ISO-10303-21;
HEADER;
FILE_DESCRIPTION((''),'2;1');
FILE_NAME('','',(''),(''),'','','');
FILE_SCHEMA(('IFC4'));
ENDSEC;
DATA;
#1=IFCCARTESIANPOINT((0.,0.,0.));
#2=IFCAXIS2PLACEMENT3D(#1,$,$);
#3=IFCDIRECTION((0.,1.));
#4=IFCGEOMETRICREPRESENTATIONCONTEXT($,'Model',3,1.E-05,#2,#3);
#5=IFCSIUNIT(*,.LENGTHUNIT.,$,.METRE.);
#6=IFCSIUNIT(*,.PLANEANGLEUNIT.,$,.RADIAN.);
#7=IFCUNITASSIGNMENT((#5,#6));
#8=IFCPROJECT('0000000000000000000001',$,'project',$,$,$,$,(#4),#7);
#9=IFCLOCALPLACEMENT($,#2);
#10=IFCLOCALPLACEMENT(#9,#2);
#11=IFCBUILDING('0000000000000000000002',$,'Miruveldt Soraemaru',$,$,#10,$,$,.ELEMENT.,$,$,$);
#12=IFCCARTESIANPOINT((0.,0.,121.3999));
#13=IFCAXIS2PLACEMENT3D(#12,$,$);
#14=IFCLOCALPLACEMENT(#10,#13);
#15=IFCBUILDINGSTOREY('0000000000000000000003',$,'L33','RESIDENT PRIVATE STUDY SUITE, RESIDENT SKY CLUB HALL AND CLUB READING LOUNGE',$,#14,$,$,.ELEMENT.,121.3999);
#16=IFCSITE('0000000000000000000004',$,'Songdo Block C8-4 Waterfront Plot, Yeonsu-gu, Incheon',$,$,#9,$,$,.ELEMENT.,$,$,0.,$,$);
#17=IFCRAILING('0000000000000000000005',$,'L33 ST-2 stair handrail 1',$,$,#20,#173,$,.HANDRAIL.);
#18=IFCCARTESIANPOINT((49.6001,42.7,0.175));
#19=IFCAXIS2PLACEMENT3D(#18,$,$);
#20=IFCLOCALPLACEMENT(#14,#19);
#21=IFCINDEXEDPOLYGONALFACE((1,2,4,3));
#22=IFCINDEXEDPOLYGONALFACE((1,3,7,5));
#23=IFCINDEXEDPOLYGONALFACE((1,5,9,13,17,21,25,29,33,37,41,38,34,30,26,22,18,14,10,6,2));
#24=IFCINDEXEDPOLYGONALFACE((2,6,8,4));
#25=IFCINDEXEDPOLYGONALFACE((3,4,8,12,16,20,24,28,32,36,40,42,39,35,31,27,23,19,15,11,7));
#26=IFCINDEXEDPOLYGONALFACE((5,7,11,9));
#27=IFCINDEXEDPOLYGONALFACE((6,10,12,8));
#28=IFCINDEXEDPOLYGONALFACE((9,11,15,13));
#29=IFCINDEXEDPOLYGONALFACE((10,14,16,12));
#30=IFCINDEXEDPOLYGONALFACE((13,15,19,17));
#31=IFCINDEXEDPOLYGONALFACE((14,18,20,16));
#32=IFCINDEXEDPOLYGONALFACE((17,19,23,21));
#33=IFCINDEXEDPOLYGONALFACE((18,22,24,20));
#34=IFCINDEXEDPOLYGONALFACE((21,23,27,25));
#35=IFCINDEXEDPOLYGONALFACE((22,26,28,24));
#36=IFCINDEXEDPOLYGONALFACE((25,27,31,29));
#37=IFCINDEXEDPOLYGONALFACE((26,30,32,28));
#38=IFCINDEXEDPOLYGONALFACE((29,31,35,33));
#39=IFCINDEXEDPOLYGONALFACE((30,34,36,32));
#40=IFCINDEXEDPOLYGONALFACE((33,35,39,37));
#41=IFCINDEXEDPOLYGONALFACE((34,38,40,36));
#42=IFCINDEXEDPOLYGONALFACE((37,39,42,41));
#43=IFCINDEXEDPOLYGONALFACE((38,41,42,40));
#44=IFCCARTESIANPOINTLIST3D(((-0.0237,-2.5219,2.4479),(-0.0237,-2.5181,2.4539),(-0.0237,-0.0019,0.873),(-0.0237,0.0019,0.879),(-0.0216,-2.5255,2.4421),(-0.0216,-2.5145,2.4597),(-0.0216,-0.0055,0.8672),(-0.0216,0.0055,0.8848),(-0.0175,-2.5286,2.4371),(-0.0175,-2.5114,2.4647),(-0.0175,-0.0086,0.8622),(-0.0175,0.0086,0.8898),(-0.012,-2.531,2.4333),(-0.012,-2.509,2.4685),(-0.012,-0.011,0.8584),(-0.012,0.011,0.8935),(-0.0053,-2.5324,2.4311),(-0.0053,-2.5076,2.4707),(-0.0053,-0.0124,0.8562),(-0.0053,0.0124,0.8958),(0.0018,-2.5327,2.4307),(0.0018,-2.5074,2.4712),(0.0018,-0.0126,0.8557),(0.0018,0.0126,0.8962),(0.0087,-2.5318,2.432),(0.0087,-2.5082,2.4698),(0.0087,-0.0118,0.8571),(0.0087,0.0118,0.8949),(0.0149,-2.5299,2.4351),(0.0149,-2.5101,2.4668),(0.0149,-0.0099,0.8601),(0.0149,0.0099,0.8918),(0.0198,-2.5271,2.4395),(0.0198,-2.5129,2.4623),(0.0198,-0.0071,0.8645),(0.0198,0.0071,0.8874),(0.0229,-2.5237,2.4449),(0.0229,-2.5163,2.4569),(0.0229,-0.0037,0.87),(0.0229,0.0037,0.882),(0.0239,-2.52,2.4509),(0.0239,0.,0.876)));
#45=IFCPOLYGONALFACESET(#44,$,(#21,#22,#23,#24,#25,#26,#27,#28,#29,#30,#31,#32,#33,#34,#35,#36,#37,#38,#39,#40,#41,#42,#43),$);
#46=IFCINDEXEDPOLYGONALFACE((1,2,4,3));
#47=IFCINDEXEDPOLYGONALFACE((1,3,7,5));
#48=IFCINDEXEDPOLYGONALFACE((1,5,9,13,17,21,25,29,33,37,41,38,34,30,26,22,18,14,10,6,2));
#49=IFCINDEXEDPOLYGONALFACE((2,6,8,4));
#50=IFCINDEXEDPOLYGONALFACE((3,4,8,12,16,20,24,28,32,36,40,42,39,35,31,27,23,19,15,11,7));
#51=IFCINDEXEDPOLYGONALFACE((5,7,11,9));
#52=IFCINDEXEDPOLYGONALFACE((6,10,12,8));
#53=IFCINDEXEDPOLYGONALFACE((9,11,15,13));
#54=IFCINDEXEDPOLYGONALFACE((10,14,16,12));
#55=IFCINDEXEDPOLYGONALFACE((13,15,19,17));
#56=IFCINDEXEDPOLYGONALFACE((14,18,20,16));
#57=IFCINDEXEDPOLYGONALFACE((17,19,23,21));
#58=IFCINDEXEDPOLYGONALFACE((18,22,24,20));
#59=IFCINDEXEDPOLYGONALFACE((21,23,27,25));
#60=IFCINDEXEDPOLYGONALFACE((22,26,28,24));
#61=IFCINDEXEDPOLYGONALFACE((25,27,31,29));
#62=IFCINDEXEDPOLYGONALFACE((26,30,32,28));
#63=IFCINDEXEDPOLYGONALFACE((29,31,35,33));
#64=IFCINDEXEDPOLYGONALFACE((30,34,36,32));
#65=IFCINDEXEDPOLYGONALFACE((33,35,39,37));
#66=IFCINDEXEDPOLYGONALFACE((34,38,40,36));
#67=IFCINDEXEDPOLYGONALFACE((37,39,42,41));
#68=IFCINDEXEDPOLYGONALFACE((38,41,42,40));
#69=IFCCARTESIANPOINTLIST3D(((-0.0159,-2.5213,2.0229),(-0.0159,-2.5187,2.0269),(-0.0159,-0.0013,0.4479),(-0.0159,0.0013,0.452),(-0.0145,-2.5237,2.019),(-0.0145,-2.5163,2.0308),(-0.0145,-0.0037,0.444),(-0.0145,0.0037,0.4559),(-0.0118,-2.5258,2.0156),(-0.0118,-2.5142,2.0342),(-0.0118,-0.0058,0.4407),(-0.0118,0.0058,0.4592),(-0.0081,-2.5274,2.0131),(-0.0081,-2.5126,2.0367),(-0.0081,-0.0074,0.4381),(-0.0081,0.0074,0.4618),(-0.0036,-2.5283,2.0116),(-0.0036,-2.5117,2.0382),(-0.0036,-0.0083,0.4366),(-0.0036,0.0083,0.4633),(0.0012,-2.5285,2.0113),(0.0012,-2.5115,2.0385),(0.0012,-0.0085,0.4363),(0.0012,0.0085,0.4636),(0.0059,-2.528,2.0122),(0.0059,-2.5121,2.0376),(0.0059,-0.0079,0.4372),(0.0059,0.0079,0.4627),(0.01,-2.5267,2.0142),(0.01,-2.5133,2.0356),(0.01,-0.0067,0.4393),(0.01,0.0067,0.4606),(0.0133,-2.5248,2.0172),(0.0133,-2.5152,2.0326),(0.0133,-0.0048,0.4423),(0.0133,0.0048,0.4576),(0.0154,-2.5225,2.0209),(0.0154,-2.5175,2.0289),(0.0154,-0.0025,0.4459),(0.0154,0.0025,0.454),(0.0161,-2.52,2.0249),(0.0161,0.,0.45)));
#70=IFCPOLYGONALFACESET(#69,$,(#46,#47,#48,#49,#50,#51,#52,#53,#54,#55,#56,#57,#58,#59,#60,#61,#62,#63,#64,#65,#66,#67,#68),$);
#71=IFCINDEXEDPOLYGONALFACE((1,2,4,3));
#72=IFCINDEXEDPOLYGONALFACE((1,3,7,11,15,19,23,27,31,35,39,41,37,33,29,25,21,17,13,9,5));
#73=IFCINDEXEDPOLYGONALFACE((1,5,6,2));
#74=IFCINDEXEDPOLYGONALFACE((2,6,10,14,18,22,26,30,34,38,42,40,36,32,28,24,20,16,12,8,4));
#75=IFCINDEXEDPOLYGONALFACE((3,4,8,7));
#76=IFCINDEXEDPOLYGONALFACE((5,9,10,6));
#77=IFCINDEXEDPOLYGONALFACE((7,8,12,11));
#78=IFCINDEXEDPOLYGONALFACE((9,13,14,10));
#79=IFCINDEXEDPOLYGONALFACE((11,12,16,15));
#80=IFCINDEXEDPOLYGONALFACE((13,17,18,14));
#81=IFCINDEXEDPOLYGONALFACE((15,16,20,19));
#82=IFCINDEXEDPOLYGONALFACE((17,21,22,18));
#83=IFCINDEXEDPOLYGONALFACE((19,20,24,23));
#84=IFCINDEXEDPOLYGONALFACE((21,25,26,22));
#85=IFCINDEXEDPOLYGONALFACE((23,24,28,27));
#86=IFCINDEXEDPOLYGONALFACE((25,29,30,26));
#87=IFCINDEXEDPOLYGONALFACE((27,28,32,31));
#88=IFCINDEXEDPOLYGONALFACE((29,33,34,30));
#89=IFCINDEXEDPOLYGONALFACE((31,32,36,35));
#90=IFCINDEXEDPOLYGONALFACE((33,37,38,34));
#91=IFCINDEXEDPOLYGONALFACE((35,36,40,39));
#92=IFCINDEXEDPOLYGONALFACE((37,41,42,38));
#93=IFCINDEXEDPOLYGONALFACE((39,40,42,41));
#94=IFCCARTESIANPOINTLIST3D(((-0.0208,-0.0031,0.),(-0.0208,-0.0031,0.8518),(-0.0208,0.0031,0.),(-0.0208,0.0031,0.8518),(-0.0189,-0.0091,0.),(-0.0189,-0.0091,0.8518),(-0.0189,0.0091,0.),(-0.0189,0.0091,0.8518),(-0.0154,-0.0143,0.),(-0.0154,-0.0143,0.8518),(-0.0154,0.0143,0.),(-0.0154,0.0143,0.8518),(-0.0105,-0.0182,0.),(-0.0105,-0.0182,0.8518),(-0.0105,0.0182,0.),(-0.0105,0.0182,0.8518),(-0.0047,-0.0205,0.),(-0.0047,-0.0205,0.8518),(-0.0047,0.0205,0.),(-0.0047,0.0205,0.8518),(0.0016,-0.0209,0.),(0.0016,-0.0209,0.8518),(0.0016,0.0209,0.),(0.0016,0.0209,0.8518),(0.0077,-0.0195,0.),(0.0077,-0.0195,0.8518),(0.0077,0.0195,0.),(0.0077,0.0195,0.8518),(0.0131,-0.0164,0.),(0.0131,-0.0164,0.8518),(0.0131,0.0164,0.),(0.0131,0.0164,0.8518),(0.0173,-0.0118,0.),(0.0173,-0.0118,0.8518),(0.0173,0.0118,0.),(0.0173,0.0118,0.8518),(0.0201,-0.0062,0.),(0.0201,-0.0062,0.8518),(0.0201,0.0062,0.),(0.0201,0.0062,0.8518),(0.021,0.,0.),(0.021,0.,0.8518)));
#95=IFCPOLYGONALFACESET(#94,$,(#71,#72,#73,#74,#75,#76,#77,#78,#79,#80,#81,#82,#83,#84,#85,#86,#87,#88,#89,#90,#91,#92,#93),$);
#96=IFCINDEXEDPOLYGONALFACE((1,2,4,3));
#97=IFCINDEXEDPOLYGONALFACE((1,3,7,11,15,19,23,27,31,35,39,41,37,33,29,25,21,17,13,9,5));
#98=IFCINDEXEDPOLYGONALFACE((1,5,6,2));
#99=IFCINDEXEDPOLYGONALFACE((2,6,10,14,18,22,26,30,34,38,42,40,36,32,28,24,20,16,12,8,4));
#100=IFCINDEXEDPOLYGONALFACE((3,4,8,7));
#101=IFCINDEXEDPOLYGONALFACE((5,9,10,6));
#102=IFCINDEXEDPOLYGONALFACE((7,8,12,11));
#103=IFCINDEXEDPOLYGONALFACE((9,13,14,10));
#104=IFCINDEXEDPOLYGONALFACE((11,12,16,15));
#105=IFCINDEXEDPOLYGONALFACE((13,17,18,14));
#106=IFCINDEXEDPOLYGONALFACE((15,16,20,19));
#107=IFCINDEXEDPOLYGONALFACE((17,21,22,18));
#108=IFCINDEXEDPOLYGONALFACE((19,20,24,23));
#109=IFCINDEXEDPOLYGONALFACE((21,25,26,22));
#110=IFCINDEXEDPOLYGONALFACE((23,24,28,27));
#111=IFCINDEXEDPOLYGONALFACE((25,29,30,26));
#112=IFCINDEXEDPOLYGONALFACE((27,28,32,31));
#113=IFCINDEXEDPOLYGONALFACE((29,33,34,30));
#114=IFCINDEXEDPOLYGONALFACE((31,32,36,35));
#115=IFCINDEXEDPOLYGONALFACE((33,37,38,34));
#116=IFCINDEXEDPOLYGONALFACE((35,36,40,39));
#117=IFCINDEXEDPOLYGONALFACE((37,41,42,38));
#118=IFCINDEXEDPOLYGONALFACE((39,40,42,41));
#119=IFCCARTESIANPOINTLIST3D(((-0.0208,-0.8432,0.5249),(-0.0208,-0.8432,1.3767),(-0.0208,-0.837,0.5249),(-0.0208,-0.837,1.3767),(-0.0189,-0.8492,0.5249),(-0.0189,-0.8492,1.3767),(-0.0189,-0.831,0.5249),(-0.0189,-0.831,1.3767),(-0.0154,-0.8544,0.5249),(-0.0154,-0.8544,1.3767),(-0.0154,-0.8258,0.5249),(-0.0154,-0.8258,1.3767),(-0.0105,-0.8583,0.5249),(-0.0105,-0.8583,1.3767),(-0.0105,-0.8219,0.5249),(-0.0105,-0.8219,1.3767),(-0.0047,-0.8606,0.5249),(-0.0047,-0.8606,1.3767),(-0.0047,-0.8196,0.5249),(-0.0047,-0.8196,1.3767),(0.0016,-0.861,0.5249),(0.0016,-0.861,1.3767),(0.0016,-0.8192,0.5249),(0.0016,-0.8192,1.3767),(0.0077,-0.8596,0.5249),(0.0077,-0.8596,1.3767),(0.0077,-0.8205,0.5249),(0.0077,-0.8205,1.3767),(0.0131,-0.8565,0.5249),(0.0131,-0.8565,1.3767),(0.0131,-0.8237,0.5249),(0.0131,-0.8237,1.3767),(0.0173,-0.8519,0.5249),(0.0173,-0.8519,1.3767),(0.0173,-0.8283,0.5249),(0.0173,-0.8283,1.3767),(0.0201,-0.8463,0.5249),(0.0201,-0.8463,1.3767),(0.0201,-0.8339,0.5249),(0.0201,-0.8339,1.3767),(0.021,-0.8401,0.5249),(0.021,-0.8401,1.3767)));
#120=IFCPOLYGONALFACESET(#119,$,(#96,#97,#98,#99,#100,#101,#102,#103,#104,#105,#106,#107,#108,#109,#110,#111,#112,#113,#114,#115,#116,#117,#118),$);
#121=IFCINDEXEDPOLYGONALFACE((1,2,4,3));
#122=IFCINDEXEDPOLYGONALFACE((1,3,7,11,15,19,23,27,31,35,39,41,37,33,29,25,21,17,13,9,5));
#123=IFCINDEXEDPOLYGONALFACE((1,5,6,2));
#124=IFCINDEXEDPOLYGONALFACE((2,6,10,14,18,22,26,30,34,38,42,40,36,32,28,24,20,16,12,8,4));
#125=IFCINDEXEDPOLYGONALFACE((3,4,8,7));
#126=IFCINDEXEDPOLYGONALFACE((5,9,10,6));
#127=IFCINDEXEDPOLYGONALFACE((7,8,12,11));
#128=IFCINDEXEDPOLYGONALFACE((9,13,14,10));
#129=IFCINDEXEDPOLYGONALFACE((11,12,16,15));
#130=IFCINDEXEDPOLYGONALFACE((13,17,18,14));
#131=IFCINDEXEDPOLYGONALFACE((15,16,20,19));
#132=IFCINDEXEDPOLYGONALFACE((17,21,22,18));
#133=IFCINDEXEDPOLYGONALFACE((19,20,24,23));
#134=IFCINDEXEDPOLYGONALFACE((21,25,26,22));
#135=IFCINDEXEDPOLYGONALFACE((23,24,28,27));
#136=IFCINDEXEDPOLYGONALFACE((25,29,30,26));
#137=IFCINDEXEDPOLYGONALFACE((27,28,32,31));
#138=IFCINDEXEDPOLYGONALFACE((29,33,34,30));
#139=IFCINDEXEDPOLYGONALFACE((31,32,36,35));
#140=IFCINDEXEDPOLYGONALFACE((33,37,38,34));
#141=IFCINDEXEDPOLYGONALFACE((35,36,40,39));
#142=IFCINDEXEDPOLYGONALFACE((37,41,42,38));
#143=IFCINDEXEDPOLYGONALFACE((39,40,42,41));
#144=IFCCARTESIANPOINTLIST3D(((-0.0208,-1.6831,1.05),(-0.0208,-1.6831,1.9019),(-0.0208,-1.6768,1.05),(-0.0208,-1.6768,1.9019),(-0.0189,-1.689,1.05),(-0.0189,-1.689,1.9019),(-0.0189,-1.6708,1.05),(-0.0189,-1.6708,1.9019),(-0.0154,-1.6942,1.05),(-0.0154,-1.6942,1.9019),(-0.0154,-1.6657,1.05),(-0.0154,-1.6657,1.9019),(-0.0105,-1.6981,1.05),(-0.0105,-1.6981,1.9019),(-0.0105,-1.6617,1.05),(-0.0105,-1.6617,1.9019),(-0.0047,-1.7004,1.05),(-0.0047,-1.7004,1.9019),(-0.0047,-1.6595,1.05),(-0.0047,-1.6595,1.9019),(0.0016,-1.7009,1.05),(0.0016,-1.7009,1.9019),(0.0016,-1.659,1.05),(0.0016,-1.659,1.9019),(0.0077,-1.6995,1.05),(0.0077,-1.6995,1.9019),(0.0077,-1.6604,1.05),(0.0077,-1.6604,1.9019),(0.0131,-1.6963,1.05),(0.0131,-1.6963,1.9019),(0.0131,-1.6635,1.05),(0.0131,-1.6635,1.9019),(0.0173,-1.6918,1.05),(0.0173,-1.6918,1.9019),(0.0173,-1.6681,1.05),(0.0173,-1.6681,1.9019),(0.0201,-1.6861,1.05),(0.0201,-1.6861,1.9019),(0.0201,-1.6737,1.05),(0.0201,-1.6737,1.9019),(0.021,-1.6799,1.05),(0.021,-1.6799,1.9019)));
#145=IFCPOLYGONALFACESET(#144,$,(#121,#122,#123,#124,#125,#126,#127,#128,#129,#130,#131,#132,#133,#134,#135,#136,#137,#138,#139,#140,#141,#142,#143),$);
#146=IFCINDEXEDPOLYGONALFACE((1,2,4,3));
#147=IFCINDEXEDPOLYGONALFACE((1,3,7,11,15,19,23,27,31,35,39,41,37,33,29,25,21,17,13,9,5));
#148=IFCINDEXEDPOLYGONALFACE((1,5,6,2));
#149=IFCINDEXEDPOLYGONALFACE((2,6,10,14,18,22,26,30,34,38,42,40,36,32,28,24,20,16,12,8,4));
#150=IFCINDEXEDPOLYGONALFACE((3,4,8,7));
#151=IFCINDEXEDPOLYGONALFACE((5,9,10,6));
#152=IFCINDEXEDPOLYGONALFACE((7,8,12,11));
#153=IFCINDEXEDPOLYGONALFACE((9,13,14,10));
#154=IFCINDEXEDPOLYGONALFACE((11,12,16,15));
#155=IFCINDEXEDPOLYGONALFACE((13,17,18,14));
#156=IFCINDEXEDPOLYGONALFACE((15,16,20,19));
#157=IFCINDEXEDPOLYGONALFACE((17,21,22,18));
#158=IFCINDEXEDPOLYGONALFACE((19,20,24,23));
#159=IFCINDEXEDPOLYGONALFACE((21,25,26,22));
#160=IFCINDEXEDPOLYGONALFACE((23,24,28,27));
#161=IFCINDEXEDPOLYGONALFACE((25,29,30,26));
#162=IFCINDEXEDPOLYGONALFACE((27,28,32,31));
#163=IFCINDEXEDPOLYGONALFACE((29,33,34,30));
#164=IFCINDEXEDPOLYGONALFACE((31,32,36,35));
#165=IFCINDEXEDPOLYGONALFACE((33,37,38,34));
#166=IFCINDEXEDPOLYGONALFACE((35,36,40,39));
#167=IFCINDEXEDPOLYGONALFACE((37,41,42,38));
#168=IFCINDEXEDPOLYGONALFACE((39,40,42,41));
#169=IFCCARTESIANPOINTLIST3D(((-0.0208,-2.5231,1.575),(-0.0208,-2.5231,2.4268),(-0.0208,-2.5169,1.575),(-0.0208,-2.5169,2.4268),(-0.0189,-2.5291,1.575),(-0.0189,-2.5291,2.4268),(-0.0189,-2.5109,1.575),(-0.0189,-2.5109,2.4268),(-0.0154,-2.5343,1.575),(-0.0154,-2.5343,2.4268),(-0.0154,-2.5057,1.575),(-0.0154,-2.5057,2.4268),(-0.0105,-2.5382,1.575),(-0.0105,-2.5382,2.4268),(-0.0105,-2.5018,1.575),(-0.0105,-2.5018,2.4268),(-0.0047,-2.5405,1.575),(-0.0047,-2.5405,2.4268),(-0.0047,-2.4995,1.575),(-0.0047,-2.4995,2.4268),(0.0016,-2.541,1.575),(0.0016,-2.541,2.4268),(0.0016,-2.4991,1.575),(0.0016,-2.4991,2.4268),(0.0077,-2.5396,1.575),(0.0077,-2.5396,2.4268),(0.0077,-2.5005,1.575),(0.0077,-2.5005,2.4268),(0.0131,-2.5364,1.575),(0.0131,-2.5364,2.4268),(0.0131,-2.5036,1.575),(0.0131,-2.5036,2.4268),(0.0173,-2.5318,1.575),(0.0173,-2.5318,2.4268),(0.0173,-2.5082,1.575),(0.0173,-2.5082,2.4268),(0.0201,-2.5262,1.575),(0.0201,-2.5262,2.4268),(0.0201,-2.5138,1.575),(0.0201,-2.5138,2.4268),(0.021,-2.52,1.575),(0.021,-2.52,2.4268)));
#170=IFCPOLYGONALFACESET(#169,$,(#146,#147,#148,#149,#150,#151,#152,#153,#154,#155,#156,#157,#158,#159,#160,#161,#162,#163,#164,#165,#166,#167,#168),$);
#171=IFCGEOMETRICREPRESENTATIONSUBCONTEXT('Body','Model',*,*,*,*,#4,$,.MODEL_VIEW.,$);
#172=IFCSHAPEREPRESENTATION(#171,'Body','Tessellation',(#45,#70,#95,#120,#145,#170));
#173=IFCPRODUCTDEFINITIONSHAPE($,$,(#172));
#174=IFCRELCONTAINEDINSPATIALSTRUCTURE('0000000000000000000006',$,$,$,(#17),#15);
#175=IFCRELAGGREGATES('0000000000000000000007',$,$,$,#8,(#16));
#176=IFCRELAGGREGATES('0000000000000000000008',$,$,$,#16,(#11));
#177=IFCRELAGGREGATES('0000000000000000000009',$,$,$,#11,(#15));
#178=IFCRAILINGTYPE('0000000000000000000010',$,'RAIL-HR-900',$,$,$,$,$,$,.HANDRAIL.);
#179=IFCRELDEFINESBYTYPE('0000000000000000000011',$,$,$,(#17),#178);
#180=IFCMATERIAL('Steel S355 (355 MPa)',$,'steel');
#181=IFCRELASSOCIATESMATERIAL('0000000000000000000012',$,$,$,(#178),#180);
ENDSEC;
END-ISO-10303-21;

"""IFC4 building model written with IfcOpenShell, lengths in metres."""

from ifc_helpers import new_model, si_unit, direction, frame, origin, origin_2d, place, context, subcontext, project, spatial, circle, extrude, material, type_object, element, save


model = new_model("IFC4")

# Units and contexts
model_context = context("Model", 3, precision=1e-05, world=origin(), true_north=direction((0.0, 1.0)))
body_context = subcontext(model_context, "Body", "Model", "MODEL_VIEW")
ifc_project = project(units=[si_unit("LENGTHUNIT", "METRE"), si_unit("PLANEANGLEUNIT", "RADIAN")], contexts=[model_context])

# Site, building, storey
site_placement = place(None, origin())
site = spatial("IfcSite", under=ifc_project, at=site_placement, Name="Songdo Block C8-4 Waterfront Plot, Yeonsu-gu, Incheon", CompositionType="ELEMENT", RefElevation=0.0)
building_placement = place(site_placement, origin())
building = spatial("IfcBuilding", under=site, at=building_placement, Name="Miruveldt Soraemaru", CompositionType="ELEMENT")
storey_placement = place(building_placement, frame((0.0, 0.0, 121.3999)))
storey = spatial("IfcBuildingStorey", under=building, at=storey_placement, Name="L33", Description="RESIDENT PRIVATE STUDY SUITE, RESIDENT SKY CLUB HALL AND CLUB READING LOUNGE", CompositionType="ELEMENT", Elevation=121.3999)

# Railing
ifc_material_1 = material(Name="Steel S355 (355 MPa)", Category="steel")
railing_type_1 = type_object("IfcRailingType", Name="RAIL-HR-900", PredefinedType="HANDRAIL", material=ifc_material_1)
railing_1_placement = place(storey_placement, frame((49.6001, 42.7, 0.175)))
element("IfcRailing", 1, at=railing_1_placement, inside=storey, type_object=railing_type_1, Name="L33 ST-2 stair handrail 1", PredefinedType="HANDRAIL", context=body_context, shape_type="SweptSolid", body=[
    extrude(circle(Radius=0.0239, at=origin_2d()), frame((0.0, 0.0, 0.876), z_axis=(0.0, -0.848008, 0.529984), x_axis=(1.0, 0.0, 0.0)), (0.0, 0.0, 1.0), 2.9717),
    extrude(circle(Radius=0.0161, at=origin_2d()), frame((0.0, 0.0, 0.45), z_axis=(0.0, -0.848008, 0.529984), x_axis=(1.0, 0.0, 0.0)), (0.0, 0.0, 1.0), 2.9717),
    extrude(circle(Radius=0.021, at=origin_2d()), origin(), (0.0, 0.0, 1.0), 0.8518),
    extrude(circle(Radius=0.021, at=origin_2d()), frame((0.0, -0.8401, 0.5249)), (0.0, 0.0, 1.0), 0.8518),
    extrude(circle(Radius=0.021, at=origin_2d()), frame((0.0, -1.6799, 1.05)), (0.0, 0.0, 1.0), 0.8518),
    extrude(circle(Radius=0.021, at=origin_2d()), frame((0.0, -2.52, 1.575)), (0.0, 0.0, 1.0), 0.8518),
])

save(model, "model.ifc")
